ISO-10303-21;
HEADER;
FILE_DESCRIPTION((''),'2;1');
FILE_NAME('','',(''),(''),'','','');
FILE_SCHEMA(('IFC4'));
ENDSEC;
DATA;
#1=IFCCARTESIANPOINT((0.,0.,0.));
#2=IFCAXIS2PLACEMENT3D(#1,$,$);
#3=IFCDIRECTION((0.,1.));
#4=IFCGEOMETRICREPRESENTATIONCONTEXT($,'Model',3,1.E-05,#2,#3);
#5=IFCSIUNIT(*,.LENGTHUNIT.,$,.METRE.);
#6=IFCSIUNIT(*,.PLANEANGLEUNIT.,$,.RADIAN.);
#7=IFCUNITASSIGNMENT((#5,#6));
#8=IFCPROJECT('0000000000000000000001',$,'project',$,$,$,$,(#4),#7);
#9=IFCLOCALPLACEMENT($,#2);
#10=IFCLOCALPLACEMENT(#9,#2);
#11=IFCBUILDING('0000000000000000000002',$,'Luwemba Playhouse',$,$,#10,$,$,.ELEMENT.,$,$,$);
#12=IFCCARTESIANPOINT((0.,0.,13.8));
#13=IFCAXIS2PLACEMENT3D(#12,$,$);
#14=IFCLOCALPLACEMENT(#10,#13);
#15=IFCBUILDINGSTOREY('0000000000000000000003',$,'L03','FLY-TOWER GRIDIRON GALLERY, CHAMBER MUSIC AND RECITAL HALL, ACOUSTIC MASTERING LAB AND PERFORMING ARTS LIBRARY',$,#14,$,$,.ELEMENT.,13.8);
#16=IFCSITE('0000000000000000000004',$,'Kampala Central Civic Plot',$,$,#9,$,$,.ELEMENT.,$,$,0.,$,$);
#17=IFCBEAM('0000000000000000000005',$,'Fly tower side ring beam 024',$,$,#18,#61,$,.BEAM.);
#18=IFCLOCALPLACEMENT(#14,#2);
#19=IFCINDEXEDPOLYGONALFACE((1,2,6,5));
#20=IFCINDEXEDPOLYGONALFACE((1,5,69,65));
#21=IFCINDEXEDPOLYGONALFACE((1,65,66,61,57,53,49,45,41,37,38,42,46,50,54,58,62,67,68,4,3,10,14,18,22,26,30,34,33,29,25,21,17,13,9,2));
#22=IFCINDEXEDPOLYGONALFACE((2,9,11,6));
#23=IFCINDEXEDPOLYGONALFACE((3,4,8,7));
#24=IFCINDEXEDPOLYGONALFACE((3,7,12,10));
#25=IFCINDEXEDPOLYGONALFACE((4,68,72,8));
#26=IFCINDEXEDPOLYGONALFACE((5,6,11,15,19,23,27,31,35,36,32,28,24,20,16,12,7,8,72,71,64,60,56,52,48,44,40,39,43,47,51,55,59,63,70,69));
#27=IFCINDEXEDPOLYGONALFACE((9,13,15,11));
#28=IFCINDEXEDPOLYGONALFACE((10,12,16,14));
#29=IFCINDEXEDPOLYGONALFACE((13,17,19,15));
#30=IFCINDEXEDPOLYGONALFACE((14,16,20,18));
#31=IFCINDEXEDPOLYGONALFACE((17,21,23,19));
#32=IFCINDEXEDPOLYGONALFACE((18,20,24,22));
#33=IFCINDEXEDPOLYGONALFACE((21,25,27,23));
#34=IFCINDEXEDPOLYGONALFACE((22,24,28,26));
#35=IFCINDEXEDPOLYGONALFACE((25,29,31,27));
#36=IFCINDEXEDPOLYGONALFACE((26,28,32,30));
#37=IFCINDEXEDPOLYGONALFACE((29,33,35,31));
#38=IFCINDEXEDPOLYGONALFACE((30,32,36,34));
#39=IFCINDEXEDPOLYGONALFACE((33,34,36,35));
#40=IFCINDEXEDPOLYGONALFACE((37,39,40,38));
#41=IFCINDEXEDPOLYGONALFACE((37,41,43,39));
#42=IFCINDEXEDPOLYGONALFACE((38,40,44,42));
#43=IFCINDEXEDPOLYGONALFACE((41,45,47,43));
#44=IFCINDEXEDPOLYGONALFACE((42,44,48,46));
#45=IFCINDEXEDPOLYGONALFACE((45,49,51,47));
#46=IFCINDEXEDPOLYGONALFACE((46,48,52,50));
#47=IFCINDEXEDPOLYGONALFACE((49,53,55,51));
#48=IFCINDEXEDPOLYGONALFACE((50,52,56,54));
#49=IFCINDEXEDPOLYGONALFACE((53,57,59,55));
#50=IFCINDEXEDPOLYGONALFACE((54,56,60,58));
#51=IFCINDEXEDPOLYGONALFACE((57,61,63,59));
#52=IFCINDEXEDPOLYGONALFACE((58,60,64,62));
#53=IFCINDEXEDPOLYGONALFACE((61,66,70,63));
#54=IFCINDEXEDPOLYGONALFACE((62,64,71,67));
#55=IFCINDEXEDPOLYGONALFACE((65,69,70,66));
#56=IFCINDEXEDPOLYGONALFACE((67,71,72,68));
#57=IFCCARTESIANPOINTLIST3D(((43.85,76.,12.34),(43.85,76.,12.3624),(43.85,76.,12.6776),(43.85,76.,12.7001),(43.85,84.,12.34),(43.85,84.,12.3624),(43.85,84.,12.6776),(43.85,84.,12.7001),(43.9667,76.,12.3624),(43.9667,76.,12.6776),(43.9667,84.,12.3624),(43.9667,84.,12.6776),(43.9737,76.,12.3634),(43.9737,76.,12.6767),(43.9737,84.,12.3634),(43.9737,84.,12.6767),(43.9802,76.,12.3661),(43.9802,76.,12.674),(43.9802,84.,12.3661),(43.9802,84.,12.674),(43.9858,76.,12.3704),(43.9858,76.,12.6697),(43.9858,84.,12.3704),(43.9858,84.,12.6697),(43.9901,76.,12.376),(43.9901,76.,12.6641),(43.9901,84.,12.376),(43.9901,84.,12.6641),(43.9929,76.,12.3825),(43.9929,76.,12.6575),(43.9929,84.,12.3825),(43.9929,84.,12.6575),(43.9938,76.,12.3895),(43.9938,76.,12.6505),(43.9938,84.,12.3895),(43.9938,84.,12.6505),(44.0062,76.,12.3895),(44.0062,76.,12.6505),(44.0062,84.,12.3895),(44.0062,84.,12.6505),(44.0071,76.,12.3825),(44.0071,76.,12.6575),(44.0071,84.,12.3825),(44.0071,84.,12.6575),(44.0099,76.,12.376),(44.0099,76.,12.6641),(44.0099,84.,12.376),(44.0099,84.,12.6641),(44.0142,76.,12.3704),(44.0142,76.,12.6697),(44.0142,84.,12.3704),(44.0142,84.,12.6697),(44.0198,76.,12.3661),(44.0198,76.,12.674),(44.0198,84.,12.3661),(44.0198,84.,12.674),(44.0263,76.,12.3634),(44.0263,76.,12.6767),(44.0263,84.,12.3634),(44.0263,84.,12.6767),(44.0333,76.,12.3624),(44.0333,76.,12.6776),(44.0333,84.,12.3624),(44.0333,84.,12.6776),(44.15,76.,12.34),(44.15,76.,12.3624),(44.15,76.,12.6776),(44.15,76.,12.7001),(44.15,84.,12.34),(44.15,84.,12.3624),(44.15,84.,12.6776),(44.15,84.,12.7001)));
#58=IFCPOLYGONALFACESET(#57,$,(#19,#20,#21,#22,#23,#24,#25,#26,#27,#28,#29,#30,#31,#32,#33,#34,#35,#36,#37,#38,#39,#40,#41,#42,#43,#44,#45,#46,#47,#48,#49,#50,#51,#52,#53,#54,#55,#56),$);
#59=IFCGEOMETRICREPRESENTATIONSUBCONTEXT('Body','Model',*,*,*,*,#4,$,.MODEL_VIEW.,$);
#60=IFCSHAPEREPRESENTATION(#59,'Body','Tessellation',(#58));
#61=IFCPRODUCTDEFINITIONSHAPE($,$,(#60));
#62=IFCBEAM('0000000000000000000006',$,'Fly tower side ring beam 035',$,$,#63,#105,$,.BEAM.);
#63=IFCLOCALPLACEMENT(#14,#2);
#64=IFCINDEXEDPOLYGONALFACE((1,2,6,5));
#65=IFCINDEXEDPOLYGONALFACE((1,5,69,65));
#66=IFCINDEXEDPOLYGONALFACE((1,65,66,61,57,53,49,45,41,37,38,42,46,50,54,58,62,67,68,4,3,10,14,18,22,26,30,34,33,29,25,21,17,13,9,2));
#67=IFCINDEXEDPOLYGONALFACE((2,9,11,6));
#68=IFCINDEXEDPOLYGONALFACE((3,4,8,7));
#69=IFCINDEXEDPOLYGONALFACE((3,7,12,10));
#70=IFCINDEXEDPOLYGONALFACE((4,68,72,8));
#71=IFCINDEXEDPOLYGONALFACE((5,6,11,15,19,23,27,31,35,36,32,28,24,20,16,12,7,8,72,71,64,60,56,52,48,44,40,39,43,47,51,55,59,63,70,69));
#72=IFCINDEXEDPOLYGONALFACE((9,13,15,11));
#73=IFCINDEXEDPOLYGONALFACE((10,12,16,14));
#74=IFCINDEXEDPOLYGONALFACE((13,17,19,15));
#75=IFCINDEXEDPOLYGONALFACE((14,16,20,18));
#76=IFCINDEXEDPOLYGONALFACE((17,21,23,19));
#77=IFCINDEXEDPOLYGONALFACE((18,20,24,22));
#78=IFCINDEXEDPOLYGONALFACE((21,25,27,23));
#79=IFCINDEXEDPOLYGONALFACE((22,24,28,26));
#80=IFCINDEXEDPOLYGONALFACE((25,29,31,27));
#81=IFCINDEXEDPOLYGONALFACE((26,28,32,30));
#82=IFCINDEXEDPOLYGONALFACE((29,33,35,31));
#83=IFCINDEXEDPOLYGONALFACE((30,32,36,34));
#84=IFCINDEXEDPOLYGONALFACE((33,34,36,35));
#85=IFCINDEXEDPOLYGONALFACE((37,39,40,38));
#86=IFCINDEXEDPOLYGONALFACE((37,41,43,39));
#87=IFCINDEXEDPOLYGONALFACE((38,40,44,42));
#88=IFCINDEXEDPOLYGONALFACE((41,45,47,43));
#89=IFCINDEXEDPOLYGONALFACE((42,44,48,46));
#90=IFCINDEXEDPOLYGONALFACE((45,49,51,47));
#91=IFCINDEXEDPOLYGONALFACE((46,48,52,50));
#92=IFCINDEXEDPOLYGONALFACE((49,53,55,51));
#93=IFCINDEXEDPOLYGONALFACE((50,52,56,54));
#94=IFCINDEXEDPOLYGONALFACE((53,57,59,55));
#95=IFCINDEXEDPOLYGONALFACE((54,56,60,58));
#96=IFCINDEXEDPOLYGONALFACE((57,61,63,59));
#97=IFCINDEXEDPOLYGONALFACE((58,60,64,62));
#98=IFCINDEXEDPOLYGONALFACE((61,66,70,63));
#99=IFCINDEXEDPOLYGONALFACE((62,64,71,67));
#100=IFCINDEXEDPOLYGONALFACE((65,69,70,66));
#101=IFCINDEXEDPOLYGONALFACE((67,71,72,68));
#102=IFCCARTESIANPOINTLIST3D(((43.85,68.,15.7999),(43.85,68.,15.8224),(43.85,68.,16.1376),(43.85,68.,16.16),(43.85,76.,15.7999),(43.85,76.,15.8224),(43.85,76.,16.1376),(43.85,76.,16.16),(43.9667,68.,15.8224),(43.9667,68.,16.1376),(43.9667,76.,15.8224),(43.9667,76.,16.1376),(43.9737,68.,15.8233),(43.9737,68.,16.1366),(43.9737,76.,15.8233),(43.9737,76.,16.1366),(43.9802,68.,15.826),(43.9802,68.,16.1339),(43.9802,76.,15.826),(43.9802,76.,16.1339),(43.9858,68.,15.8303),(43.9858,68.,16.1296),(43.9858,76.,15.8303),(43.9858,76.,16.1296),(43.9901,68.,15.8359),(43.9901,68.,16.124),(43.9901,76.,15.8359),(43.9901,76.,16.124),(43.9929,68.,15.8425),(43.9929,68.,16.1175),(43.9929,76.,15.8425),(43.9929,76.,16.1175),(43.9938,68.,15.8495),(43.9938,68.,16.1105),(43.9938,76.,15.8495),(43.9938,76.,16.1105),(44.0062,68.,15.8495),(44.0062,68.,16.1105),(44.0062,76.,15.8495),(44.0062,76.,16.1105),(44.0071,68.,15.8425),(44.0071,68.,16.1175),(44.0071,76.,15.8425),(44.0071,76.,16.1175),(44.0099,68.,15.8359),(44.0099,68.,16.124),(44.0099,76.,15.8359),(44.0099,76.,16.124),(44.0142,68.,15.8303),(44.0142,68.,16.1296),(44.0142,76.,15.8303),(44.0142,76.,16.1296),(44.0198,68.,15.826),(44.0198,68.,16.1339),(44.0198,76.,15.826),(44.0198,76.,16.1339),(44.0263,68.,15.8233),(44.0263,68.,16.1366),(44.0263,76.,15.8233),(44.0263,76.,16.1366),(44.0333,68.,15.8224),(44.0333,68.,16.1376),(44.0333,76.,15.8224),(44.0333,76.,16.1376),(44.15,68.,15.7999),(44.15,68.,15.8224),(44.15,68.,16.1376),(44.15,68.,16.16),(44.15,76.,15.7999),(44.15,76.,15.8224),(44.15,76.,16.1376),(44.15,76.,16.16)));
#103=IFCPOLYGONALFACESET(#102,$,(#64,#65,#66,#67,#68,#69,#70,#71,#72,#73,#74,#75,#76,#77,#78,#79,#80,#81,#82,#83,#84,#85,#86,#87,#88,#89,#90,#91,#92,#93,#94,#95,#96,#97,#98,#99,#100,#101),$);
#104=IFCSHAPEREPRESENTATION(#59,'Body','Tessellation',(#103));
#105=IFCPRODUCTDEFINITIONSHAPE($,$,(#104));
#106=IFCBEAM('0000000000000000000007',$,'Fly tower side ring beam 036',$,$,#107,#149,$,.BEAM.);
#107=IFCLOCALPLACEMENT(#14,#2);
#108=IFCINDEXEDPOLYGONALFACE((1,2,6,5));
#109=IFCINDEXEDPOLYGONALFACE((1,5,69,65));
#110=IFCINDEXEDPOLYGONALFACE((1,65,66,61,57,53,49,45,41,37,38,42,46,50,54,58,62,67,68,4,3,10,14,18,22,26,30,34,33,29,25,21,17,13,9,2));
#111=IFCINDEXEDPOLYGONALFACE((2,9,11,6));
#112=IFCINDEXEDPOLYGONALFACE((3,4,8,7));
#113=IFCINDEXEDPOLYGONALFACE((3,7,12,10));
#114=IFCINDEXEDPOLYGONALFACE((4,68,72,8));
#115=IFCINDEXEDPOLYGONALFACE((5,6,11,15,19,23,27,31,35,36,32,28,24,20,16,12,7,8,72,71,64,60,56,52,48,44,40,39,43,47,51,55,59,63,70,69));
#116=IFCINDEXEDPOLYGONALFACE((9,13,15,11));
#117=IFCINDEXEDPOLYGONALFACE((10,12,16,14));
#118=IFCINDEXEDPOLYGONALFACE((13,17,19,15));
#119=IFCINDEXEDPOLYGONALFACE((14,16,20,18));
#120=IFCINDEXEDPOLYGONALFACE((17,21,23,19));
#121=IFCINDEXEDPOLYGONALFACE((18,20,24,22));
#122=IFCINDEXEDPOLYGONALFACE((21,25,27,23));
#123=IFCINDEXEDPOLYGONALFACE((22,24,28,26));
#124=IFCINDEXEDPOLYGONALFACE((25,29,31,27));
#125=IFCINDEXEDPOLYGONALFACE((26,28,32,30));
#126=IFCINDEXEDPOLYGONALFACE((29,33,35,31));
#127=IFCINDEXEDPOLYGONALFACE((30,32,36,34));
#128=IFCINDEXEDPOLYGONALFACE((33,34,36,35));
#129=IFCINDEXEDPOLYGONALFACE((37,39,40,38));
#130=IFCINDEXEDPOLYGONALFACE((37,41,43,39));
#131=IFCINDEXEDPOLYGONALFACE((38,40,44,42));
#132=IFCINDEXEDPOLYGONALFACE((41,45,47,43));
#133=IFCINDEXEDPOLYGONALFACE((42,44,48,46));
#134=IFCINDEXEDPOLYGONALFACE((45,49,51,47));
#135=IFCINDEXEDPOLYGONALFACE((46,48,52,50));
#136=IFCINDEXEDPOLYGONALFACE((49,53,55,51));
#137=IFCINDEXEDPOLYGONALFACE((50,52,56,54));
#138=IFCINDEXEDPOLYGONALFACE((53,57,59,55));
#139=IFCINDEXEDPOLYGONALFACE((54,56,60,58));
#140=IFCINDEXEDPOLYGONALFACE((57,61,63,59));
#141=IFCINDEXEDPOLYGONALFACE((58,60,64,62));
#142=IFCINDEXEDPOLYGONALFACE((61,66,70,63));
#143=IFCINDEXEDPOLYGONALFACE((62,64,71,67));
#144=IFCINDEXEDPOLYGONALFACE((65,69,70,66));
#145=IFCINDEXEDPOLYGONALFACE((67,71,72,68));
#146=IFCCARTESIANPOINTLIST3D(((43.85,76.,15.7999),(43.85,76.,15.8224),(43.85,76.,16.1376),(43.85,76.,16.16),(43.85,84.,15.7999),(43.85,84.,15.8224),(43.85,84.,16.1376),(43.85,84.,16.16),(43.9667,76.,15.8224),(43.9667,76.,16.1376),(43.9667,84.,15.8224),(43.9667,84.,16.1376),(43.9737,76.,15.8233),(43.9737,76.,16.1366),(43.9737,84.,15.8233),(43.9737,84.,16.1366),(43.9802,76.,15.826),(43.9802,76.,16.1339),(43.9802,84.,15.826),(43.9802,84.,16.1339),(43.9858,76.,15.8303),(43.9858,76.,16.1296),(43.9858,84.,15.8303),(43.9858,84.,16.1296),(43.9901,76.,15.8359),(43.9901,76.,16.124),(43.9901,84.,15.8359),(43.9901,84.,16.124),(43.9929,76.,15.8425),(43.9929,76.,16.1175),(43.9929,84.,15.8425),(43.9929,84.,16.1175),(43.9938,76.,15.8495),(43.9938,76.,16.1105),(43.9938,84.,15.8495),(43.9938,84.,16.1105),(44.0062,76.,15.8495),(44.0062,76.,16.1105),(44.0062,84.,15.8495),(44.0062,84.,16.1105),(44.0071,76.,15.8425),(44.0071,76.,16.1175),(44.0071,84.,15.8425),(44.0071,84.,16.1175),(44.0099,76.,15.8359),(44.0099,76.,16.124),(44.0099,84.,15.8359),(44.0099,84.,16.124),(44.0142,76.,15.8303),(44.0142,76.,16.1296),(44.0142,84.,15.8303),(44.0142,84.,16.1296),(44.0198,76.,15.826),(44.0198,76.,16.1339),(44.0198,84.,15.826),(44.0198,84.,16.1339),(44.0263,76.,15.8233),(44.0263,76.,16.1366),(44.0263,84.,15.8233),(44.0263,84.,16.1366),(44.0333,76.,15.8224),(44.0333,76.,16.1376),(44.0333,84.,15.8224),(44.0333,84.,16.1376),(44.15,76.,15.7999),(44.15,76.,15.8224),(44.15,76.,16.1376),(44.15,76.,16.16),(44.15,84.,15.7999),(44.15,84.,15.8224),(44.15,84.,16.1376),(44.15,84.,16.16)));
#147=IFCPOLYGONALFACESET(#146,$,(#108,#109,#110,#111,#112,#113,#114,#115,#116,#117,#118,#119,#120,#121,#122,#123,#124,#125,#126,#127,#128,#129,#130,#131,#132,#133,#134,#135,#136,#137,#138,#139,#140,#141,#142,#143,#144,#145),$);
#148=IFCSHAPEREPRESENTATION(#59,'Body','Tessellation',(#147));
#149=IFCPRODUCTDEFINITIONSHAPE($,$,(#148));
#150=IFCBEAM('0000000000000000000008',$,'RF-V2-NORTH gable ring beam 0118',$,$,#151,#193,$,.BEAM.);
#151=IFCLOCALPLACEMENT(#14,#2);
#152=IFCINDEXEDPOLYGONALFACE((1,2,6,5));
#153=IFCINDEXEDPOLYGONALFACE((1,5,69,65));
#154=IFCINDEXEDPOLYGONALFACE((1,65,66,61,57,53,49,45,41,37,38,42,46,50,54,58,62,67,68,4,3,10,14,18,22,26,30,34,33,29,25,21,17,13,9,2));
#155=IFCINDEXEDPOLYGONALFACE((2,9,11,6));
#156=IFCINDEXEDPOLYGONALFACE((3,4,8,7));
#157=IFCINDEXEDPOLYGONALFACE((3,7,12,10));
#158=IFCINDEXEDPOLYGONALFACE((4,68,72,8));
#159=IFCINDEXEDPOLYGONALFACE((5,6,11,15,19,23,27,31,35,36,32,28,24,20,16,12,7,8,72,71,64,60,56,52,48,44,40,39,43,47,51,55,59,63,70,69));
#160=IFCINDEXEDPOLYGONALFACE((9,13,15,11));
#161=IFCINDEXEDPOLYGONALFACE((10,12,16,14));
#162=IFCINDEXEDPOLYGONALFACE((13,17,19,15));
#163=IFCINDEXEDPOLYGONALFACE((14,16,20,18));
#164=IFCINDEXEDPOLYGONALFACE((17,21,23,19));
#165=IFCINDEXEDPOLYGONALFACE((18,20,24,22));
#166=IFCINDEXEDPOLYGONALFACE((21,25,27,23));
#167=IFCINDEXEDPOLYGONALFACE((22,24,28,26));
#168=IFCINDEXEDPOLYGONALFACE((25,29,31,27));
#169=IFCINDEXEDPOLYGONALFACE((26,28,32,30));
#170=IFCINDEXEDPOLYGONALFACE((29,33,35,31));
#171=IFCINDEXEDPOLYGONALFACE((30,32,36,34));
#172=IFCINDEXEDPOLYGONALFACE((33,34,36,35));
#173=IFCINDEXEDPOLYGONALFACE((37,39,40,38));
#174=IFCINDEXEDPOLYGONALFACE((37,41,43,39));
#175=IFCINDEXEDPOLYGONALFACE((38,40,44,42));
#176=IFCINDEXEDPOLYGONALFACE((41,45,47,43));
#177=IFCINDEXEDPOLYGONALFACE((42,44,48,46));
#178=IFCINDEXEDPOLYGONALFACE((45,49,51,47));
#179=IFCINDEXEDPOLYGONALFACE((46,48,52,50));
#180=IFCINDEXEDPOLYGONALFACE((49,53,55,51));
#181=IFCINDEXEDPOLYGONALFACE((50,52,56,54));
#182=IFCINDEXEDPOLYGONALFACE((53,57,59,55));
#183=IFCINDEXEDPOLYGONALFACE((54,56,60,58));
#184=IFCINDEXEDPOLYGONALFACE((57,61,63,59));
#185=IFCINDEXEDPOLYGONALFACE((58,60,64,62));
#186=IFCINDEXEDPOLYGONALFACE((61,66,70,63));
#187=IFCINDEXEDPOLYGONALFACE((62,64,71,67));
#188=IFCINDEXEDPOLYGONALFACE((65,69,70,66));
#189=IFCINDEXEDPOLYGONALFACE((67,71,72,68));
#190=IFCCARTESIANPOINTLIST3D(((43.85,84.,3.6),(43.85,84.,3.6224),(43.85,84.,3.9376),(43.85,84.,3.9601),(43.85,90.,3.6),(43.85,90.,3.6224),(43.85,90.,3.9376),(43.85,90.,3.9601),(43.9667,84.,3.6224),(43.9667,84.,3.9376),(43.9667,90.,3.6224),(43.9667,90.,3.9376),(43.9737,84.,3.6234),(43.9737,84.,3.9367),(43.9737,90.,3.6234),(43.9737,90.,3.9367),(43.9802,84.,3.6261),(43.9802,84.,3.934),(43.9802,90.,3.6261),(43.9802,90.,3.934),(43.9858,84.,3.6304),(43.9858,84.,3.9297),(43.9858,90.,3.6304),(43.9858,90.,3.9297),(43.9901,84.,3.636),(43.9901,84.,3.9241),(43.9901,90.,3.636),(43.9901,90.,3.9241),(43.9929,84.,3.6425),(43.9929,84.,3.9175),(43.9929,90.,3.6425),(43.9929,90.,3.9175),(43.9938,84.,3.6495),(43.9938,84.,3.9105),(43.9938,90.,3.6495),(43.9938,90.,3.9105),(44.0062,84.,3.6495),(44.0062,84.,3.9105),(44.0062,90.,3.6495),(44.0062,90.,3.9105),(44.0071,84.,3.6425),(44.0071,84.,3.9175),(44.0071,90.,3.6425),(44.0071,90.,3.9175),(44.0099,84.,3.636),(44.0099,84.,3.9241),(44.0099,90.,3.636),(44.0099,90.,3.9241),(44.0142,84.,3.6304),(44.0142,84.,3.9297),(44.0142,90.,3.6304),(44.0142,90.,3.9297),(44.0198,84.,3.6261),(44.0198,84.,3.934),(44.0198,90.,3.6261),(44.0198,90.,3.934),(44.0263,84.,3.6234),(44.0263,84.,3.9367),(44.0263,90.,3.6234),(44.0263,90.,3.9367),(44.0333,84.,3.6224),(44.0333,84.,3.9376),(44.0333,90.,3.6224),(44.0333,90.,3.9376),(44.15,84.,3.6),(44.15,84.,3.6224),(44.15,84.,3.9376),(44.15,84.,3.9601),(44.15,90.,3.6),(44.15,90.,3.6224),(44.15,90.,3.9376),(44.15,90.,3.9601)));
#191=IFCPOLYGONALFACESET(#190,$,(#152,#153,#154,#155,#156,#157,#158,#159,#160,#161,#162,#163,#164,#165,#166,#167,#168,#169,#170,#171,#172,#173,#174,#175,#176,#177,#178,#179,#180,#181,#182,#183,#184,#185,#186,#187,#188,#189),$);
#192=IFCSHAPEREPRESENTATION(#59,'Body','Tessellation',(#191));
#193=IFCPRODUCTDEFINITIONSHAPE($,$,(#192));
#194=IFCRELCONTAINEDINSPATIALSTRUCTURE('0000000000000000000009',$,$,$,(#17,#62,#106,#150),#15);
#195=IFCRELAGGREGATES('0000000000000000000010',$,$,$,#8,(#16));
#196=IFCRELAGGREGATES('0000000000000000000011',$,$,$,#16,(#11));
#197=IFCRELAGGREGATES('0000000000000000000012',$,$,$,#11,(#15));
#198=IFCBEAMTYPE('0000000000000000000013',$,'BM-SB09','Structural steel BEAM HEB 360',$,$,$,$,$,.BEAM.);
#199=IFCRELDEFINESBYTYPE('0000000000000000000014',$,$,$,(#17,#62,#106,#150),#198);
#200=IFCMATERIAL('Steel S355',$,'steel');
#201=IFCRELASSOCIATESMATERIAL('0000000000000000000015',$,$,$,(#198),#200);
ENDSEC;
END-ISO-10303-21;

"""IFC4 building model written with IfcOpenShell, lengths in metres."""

from ifc_helpers import new_model, si_unit, direction, frame, origin, origin_2d, place, context, subcontext, project, spatial, i_section, extrude, material, material_profile, profile_set, type_object, element, save


model = new_model("IFC4")

# Units and contexts
model_context = context("Model", 3, precision=1e-05, world=origin(), true_north=direction((0.0, 1.0)))
body_context = subcontext(model_context, "Body", "Model", "MODEL_VIEW")
ifc_project = project(units=[si_unit("LENGTHUNIT", "METRE"), si_unit("PLANEANGLEUNIT", "RADIAN")], contexts=[model_context])

# Site, building, storey
site_placement = place(None, origin())
site = spatial("IfcSite", under=ifc_project, at=site_placement, Name="Kampala Central Civic Plot", CompositionType="ELEMENT", RefElevation=0.0)
building_placement = place(site_placement, origin())
building = spatial("IfcBuilding", under=site, at=building_placement, Name="Luwemba Playhouse", CompositionType="ELEMENT")
storey_placement = place(building_placement, frame((0.0, 0.0, 13.8)))
storey = spatial("IfcBuildingStorey", under=building, at=storey_placement, Name="L03", Description="FLY-TOWER GRIDIRON GALLERY, CHAMBER MUSIC AND RECITAL HALL, ACOUSTIC MASTERING LAB AND PERFORMING ARTS LIBRARY", CompositionType="ELEMENT", Elevation=13.8)

# Shared definitions
ifc_material = material(Name="Steel S355", Category="steel")

# Beams
ifc_material_profile_1 = material_profile(ifc_material, i_section(OverallWidth=0.3, OverallDepth=0.3601, WebThickness=0.0125, FlangeThickness=0.0225, FilletRadius=0.0271, at=origin_2d()))
ifc_profile_set_1 = profile_set([ifc_material_profile_1], Name="Steel S355")
beam_type_1 = type_object("IfcBeamType", Name="BM-SB09", Description="Structural steel BEAM HEB 360", PredefinedType="BEAM", material=ifc_profile_set_1)
for number, where, z_axis, x_axis, name in (
    (1, (44.0, 76.0, 12.52), (0.0, 1.0, 0.0), (-1.0, 0.0, 0.0), "Fly tower side ring beam 024"),
    (2, (44.0, 68.0, 15.98), (0.0, 1.0, 0.0), (-1.0, 0.0, 0.0), "Fly tower side ring beam 035"),
    (3, (44.0, 76.0, 15.98), (0.0, 1.0, 0.0), (-1.0, 0.0, 0.0), "Fly tower side ring beam 036"),
):
    element("IfcBeam", number, at=place(storey_placement, frame(where, z_axis=z_axis, x_axis=x_axis)), inside=storey, type_object=beam_type_1, Name=name, PredefinedType="BEAM", context=body_context, shape_type="SweptSolid", body=[
        extrude(i_section(OverallWidth=0.3, OverallDepth=0.3601, WebThickness=0.0125, FlangeThickness=0.0225, FilletRadius=0.0271, at=origin_2d()), origin(), (0.0, 0.0, 1.0), 8.0),
    ])
beam_1_placement = place(storey_placement, frame((44.0, 84.0, 3.78), z_axis=(0.0, 1.0, 0.0), x_axis=(-1.0, 0.0, 0.0)))
element("IfcBeam", 4, at=beam_1_placement, inside=storey, type_object=beam_type_1, Name="RF-V2-NORTH gable ring beam 0118", PredefinedType="BEAM", context=body_context, shape_type="SweptSolid", body=[
    extrude(i_section(OverallWidth=0.3, OverallDepth=0.3601, WebThickness=0.0125, FlangeThickness=0.0225, FilletRadius=0.0271, at=origin_2d()), origin(), (0.0, 0.0, 1.0), 6.0),
])

save(model, "model.ifc")
